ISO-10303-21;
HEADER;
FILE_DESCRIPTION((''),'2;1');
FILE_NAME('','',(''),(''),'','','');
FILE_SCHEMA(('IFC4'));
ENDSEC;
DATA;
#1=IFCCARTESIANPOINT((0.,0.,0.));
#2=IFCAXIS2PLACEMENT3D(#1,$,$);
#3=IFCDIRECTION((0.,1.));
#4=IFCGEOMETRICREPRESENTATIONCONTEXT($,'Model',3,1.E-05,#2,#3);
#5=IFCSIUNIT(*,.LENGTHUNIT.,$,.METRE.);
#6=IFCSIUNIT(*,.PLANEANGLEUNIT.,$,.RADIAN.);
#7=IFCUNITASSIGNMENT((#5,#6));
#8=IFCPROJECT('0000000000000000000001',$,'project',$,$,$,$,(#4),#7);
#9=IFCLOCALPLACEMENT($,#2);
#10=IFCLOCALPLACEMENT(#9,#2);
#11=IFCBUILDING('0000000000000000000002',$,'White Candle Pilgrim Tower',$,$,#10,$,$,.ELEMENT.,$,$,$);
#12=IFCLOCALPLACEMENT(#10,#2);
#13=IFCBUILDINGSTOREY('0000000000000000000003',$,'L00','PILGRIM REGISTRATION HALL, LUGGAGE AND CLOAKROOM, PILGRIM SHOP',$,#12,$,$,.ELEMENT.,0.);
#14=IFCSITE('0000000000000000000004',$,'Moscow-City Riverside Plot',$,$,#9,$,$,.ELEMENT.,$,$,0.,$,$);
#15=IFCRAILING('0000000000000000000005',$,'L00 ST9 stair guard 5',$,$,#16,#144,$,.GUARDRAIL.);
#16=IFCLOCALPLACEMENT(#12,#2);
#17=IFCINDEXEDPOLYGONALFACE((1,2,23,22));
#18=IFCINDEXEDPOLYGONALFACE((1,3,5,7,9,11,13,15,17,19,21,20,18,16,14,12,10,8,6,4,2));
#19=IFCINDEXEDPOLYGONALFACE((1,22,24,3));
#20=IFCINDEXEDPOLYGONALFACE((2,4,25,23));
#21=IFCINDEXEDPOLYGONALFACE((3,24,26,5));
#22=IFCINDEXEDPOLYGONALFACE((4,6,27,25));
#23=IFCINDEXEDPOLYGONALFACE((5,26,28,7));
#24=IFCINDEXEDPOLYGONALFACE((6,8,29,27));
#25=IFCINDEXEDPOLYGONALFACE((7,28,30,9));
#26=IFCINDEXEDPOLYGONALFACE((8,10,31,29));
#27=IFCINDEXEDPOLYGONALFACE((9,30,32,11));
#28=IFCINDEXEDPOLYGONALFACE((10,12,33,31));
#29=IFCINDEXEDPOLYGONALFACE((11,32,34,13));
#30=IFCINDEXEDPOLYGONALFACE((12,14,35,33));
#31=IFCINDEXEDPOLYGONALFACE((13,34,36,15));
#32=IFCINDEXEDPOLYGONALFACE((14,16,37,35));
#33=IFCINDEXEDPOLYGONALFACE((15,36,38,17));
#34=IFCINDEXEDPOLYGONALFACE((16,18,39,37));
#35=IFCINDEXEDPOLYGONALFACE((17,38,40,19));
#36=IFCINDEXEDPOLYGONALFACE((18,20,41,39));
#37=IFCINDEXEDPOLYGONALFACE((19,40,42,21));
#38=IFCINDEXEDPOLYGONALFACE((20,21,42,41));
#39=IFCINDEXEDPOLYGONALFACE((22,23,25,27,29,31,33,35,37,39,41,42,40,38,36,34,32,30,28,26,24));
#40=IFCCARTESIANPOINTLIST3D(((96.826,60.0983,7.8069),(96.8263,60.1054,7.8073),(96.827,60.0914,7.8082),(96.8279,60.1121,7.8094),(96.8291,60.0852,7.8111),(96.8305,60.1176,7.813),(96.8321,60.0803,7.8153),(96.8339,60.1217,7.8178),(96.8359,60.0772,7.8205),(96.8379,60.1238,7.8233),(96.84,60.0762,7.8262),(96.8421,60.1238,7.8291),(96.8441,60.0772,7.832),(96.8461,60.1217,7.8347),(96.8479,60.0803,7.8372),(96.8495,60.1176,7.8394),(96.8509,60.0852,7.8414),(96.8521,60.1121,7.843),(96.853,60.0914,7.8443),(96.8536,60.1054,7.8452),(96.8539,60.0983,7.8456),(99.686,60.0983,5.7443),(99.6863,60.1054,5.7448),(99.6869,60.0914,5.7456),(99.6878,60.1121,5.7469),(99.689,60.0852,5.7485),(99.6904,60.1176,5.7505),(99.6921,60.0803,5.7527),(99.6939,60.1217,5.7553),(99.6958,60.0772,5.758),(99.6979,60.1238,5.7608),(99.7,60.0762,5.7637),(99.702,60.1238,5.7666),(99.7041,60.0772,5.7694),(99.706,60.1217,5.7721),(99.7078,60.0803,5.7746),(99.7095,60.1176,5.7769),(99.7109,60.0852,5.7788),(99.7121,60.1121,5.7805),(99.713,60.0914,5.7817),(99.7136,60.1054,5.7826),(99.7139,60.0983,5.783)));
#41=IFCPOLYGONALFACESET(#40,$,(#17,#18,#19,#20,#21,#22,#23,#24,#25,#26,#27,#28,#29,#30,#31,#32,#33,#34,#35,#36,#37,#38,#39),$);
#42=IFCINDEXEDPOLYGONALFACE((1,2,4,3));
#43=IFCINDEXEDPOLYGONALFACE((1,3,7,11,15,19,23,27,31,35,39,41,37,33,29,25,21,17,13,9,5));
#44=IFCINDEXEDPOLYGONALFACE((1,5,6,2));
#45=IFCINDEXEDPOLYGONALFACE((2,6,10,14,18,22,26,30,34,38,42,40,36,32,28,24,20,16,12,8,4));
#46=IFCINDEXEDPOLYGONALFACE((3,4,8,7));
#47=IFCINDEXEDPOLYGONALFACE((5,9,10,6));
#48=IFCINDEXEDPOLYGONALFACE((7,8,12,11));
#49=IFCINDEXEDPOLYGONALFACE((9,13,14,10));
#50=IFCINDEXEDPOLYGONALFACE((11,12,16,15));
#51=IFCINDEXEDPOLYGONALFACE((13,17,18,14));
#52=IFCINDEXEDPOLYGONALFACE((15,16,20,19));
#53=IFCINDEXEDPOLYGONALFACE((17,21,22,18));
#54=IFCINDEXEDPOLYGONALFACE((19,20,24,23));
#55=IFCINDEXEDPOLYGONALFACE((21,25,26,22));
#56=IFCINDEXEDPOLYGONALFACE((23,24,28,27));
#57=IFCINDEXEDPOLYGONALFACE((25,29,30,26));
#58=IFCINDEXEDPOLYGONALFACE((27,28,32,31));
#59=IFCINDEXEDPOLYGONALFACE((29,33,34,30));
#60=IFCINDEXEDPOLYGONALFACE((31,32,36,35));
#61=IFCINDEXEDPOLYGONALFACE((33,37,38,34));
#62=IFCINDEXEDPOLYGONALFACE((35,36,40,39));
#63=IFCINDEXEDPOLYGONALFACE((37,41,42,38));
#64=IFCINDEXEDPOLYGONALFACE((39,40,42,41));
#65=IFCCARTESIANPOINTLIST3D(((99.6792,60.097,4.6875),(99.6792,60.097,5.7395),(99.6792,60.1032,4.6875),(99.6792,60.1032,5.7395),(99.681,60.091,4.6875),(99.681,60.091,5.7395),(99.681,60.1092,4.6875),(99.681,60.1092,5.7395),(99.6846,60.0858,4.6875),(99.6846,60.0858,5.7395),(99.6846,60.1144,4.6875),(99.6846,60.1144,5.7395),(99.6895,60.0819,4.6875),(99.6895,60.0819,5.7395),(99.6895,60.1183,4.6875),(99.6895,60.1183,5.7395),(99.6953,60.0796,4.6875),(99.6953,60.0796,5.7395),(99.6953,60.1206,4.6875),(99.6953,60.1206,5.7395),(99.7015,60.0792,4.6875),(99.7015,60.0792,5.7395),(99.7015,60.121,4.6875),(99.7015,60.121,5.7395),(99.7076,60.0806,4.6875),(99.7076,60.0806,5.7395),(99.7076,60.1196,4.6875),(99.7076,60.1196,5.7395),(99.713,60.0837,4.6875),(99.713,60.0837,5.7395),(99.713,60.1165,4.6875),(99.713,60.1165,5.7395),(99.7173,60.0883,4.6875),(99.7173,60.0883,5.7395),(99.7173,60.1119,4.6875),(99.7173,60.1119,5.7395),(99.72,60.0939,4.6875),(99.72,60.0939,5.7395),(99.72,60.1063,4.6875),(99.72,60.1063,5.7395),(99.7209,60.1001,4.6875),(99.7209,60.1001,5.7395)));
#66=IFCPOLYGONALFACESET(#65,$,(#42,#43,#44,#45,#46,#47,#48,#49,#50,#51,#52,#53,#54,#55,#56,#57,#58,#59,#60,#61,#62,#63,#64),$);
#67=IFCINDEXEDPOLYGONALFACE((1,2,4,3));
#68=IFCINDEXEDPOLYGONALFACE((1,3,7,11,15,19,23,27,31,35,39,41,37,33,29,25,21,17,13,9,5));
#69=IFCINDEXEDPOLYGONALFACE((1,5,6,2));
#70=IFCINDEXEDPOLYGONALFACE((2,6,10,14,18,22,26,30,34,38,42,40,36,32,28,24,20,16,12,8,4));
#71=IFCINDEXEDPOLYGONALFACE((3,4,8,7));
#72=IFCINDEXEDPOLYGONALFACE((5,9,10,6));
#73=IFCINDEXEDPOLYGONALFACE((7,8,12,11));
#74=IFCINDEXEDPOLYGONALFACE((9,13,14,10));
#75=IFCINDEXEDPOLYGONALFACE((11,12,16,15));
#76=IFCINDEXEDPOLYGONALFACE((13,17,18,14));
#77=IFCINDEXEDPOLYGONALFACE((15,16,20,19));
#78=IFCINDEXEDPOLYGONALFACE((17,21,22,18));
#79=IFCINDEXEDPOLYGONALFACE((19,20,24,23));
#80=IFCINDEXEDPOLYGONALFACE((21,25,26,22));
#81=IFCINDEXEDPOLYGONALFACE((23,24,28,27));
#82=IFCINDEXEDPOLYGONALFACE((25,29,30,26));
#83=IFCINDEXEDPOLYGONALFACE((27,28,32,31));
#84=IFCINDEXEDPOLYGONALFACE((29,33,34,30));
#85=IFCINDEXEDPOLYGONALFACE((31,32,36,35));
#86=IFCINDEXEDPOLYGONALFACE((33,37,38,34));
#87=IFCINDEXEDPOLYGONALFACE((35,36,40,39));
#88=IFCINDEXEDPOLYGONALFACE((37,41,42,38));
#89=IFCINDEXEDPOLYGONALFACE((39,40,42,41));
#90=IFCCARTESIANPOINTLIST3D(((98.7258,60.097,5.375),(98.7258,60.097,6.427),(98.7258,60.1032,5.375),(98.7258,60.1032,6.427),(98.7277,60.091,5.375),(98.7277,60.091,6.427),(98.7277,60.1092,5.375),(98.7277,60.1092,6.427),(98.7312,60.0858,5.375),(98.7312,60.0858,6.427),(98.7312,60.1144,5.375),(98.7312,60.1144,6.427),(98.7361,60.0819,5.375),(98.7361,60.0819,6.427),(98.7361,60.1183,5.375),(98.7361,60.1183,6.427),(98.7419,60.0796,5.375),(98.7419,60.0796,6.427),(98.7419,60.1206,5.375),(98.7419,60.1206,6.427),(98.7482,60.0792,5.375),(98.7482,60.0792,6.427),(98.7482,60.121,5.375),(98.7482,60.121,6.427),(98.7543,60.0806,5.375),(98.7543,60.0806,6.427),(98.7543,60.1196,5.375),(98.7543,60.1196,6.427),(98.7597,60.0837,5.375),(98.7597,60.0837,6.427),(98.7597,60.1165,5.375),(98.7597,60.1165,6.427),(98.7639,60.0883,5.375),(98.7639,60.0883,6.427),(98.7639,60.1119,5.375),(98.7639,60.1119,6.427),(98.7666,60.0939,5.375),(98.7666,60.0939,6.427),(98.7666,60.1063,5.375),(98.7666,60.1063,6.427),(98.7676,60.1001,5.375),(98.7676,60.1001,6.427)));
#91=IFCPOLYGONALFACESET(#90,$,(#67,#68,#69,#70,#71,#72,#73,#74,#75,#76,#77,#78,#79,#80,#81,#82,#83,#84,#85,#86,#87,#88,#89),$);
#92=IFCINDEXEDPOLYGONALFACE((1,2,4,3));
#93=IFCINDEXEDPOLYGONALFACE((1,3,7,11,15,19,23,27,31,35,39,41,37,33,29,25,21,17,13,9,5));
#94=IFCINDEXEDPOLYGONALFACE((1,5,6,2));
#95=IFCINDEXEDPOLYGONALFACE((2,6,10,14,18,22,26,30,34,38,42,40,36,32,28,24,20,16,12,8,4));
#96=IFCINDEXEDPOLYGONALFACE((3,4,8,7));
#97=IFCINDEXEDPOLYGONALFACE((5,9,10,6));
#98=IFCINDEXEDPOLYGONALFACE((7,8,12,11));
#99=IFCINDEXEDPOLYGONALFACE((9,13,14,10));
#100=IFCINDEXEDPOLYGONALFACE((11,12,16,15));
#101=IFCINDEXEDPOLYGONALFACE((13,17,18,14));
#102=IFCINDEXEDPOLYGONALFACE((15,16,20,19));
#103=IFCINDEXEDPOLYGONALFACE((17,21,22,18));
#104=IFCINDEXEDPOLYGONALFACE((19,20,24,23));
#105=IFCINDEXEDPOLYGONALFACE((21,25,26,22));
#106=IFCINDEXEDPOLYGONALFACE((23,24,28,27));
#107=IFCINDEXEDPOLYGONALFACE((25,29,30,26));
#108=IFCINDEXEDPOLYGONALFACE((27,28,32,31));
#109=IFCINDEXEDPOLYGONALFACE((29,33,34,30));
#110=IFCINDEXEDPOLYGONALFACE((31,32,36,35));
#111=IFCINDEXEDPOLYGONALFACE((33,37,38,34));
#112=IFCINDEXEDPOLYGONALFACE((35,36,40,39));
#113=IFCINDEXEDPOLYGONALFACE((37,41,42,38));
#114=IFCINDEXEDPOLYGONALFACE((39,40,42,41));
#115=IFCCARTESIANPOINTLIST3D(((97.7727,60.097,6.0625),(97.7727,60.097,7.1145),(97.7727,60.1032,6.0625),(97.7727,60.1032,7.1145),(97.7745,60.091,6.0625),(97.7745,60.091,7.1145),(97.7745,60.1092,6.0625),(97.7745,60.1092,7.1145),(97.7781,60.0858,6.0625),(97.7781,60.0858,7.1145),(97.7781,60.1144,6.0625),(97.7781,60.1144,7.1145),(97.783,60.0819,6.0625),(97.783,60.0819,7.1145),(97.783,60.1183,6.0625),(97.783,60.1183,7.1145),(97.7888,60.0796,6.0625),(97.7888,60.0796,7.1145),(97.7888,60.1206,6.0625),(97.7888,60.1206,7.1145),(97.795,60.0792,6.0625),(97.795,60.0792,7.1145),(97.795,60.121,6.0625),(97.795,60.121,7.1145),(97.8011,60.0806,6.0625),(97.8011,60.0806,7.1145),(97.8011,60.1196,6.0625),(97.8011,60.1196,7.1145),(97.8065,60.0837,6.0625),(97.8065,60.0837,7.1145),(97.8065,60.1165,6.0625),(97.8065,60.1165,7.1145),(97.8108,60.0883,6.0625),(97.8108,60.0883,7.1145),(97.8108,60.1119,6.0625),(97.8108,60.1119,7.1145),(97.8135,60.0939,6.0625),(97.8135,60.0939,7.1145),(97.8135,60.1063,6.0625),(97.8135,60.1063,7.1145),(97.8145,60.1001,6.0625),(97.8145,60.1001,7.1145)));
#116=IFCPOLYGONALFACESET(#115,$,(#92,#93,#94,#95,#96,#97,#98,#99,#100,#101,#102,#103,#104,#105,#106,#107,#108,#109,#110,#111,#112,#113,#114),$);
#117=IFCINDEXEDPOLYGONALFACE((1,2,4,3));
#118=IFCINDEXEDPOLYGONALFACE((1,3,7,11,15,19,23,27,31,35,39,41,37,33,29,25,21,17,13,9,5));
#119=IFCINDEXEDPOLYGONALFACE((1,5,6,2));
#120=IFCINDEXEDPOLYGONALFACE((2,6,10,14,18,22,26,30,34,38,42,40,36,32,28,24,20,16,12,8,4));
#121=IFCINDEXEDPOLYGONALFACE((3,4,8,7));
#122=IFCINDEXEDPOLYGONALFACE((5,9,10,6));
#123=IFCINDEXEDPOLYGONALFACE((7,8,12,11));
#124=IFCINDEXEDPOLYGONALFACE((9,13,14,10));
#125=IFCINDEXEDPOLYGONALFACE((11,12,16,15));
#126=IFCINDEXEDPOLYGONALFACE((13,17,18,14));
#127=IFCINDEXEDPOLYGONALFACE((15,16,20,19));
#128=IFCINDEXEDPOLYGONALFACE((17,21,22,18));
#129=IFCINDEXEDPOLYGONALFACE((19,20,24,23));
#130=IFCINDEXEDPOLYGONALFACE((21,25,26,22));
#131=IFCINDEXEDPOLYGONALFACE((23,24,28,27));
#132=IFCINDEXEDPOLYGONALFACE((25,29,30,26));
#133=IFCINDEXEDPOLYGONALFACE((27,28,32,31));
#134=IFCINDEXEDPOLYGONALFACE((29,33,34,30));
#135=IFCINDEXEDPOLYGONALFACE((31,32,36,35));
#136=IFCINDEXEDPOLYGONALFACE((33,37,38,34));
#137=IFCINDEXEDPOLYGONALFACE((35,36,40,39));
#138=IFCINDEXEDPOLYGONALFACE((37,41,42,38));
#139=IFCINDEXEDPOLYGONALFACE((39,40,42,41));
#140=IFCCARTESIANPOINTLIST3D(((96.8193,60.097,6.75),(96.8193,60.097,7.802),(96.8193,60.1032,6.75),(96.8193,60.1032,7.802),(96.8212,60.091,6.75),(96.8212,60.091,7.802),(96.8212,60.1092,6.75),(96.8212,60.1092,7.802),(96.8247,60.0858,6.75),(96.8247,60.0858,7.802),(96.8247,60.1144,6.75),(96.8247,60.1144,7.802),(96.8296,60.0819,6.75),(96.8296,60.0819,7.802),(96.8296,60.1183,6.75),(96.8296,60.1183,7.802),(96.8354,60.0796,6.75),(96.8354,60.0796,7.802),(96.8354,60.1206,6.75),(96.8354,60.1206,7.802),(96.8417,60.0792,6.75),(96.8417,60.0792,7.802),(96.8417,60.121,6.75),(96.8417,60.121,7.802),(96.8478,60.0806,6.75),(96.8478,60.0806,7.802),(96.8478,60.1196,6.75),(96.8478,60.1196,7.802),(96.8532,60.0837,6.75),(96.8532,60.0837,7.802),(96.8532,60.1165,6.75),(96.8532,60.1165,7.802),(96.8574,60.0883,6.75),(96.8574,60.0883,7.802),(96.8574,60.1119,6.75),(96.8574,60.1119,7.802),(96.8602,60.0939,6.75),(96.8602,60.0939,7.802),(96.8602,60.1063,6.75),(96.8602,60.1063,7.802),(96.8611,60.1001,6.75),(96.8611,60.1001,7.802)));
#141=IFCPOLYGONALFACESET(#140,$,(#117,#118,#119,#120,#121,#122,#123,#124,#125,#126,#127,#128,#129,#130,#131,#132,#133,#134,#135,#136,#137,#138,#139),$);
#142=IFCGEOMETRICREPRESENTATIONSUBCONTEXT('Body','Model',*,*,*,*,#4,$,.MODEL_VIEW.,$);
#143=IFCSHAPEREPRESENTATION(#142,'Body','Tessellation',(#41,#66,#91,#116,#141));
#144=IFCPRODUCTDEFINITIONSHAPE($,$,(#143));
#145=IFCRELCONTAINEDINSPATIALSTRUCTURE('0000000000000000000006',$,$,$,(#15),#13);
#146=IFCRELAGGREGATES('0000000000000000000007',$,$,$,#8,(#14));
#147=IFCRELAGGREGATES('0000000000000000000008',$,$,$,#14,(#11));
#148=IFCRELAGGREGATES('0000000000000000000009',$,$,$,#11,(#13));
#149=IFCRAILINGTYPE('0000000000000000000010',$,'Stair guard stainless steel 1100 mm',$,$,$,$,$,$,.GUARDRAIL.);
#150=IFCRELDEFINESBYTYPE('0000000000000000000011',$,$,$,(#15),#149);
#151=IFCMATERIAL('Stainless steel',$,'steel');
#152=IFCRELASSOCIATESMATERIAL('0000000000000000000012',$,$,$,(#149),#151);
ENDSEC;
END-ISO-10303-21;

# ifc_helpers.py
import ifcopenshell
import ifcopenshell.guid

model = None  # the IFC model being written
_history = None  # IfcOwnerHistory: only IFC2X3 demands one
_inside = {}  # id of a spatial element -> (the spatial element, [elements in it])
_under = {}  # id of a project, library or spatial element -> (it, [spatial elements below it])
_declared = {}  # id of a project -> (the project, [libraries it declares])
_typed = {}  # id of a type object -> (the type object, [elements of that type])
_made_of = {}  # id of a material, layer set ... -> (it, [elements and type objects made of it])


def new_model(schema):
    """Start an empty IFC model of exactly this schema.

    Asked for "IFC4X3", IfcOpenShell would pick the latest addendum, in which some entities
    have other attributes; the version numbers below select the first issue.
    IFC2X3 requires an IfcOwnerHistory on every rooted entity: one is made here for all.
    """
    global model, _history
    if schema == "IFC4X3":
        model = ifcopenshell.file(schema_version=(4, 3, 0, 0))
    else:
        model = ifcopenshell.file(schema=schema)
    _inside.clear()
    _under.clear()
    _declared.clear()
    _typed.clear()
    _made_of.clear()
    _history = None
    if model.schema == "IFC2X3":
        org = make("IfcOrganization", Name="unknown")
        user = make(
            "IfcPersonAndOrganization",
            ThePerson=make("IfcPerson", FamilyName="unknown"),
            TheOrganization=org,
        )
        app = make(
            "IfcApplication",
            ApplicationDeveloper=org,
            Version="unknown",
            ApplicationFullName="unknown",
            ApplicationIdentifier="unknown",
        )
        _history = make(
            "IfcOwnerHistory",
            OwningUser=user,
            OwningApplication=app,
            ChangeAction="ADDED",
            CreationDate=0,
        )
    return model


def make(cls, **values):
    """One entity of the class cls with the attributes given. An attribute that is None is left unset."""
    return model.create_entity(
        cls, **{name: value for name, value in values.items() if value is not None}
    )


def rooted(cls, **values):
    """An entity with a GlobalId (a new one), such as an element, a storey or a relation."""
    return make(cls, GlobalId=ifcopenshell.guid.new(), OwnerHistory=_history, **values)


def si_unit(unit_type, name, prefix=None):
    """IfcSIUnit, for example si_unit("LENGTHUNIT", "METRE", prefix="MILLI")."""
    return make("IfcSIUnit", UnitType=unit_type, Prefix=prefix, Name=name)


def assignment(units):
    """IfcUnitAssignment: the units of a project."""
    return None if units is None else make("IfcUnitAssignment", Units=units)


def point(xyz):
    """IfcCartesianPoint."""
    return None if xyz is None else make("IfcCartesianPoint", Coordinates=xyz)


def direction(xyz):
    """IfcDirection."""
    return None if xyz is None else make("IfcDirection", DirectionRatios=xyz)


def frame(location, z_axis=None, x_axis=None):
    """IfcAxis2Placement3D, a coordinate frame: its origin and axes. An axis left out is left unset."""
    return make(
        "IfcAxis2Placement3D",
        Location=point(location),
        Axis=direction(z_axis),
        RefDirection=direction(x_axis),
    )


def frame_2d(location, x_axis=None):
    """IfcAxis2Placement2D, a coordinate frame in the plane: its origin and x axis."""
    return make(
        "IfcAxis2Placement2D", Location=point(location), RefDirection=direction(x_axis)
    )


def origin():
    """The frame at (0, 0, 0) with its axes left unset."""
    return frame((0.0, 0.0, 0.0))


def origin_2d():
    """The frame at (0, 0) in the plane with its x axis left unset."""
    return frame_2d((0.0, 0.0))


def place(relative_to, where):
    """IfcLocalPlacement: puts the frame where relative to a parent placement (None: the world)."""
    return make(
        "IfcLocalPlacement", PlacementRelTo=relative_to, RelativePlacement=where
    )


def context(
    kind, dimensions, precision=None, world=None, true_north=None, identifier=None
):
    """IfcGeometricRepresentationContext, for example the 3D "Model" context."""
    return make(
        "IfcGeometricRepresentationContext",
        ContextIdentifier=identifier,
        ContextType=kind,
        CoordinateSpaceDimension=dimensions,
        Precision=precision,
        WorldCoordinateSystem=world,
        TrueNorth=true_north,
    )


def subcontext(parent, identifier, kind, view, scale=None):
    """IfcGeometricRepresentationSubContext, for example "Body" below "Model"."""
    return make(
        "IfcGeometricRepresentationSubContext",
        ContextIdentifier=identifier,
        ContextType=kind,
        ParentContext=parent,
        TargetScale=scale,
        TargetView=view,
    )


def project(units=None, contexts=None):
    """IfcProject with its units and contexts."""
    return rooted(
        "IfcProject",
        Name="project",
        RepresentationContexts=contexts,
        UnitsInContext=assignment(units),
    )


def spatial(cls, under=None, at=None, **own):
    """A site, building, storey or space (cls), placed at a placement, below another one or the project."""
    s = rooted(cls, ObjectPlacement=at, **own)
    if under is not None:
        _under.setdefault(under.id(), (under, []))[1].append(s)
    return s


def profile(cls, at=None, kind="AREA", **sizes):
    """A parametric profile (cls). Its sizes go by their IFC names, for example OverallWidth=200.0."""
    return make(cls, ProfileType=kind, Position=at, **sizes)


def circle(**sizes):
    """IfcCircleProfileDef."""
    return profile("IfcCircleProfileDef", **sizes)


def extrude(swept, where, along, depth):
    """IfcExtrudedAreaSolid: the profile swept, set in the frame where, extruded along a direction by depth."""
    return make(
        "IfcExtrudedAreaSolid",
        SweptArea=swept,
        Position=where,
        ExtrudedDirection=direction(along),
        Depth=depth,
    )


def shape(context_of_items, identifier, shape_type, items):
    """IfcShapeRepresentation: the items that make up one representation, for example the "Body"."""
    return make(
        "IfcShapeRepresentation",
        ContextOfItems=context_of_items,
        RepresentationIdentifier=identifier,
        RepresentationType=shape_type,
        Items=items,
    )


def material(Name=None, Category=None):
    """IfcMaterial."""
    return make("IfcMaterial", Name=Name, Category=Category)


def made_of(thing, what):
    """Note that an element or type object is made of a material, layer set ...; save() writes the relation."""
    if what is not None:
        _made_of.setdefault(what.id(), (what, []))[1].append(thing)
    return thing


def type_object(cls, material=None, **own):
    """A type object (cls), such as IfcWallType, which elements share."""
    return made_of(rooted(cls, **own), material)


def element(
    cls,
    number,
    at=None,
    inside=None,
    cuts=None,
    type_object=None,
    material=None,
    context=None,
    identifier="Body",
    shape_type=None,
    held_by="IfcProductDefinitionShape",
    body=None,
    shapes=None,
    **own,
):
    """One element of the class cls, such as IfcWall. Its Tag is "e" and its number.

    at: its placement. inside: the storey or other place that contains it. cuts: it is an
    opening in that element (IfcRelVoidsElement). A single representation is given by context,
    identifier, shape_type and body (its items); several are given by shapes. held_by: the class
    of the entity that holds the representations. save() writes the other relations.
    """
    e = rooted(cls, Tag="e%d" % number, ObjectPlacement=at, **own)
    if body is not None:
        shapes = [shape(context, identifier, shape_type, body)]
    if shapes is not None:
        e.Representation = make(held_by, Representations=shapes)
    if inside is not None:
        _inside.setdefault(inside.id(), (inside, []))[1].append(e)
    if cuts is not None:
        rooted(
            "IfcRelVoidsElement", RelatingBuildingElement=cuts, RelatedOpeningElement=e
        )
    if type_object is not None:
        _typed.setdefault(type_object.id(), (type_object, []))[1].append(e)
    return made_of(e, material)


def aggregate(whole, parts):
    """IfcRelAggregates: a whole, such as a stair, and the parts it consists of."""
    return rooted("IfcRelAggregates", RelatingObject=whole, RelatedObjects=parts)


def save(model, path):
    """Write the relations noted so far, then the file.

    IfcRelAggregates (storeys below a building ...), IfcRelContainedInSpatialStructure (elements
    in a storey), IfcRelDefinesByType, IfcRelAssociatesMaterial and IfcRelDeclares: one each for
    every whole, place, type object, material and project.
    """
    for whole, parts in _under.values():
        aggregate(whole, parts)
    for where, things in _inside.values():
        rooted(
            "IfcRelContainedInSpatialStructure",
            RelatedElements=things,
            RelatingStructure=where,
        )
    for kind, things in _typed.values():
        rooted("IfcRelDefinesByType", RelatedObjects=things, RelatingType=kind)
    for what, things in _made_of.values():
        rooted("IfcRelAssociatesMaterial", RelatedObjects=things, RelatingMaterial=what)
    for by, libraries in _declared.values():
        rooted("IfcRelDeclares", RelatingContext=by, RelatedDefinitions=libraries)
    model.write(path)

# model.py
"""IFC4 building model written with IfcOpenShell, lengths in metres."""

from ifc_helpers import new_model, si_unit, direction, frame, origin, origin_2d, place, context, subcontext, project, spatial, circle, extrude, material, type_object, element, save


model = new_model("IFC4")

# Units and contexts
model_context = context("Model", 3, precision=1e-05, world=origin(), true_north=direction((0.0, 1.0)))
body_context = subcontext(model_context, "Body", "Model", "MODEL_VIEW")
ifc_project = project(units=[si_unit("LENGTHUNIT", "METRE"), si_unit("PLANEANGLEUNIT", "RADIAN")], contexts=[model_context])

# Site, building, storey
site_placement = place(None, origin())
site = spatial("IfcSite", under=ifc_project, at=site_placement, Name="Moscow-City Riverside Plot", CompositionType="ELEMENT", RefElevation=0.0)
building_placement = place(site_placement, origin())
building = spatial("IfcBuilding", under=site, at=building_placement, Name="White Candle Pilgrim Tower", CompositionType="ELEMENT")
storey_placement = place(building_placement, origin())
storey = spatial("IfcBuildingStorey", under=building, at=storey_placement, Name="L00", Description="PILGRIM REGISTRATION HALL, LUGGAGE AND CLOAKROOM, PILGRIM SHOP", CompositionType="ELEMENT", Elevation=0.0)

# Railing
ifc_material_1 = material(Name="Stainless steel", Category="steel")
railing_type_1 = type_object("IfcRailingType", Name="Stair guard stainless steel 1100 mm", PredefinedType="GUARDRAIL", material=ifc_material_1)
railing_1_placement = place(storey_placement, frame((99.7, 60.1001, 4.6875)))
element("IfcRailing", 1, at=railing_1_placement, inside=storey, type_object=railing_type_1, Name="L00 ST9 stair guard 5", PredefinedType="GUARDRAIL", context=body_context, shape_type="SweptSolid", body=[
    extrude(circle(Radius=0.0239, at=origin_2d()), frame((0.0, 0.0, 1.0762), z_axis=(-0.811077, 0.0, 0.584939), x_axis=(0.0, -1.0, 0.0)), (0.0, 0.0, 1.0), 3.5261),
    extrude(circle(Radius=0.021, at=origin_2d()), origin(), (0.0, 0.0, 1.0), 1.052),
    extrude(circle(Radius=0.021, at=origin_2d()), frame((-0.9534, 0.0, 0.6875)), (0.0, 0.0, 1.0), 1.052),
    extrude(circle(Radius=0.021, at=origin_2d()), frame((-1.9065, 0.0, 1.375)), (0.0, 0.0, 1.0), 1.052),
    extrude(circle(Radius=0.021, at=origin_2d()), frame((-2.8599, 0.0, 2.0625)), (0.0, 0.0, 1.0), 1.052),
])

save(model, "model.ifc")
